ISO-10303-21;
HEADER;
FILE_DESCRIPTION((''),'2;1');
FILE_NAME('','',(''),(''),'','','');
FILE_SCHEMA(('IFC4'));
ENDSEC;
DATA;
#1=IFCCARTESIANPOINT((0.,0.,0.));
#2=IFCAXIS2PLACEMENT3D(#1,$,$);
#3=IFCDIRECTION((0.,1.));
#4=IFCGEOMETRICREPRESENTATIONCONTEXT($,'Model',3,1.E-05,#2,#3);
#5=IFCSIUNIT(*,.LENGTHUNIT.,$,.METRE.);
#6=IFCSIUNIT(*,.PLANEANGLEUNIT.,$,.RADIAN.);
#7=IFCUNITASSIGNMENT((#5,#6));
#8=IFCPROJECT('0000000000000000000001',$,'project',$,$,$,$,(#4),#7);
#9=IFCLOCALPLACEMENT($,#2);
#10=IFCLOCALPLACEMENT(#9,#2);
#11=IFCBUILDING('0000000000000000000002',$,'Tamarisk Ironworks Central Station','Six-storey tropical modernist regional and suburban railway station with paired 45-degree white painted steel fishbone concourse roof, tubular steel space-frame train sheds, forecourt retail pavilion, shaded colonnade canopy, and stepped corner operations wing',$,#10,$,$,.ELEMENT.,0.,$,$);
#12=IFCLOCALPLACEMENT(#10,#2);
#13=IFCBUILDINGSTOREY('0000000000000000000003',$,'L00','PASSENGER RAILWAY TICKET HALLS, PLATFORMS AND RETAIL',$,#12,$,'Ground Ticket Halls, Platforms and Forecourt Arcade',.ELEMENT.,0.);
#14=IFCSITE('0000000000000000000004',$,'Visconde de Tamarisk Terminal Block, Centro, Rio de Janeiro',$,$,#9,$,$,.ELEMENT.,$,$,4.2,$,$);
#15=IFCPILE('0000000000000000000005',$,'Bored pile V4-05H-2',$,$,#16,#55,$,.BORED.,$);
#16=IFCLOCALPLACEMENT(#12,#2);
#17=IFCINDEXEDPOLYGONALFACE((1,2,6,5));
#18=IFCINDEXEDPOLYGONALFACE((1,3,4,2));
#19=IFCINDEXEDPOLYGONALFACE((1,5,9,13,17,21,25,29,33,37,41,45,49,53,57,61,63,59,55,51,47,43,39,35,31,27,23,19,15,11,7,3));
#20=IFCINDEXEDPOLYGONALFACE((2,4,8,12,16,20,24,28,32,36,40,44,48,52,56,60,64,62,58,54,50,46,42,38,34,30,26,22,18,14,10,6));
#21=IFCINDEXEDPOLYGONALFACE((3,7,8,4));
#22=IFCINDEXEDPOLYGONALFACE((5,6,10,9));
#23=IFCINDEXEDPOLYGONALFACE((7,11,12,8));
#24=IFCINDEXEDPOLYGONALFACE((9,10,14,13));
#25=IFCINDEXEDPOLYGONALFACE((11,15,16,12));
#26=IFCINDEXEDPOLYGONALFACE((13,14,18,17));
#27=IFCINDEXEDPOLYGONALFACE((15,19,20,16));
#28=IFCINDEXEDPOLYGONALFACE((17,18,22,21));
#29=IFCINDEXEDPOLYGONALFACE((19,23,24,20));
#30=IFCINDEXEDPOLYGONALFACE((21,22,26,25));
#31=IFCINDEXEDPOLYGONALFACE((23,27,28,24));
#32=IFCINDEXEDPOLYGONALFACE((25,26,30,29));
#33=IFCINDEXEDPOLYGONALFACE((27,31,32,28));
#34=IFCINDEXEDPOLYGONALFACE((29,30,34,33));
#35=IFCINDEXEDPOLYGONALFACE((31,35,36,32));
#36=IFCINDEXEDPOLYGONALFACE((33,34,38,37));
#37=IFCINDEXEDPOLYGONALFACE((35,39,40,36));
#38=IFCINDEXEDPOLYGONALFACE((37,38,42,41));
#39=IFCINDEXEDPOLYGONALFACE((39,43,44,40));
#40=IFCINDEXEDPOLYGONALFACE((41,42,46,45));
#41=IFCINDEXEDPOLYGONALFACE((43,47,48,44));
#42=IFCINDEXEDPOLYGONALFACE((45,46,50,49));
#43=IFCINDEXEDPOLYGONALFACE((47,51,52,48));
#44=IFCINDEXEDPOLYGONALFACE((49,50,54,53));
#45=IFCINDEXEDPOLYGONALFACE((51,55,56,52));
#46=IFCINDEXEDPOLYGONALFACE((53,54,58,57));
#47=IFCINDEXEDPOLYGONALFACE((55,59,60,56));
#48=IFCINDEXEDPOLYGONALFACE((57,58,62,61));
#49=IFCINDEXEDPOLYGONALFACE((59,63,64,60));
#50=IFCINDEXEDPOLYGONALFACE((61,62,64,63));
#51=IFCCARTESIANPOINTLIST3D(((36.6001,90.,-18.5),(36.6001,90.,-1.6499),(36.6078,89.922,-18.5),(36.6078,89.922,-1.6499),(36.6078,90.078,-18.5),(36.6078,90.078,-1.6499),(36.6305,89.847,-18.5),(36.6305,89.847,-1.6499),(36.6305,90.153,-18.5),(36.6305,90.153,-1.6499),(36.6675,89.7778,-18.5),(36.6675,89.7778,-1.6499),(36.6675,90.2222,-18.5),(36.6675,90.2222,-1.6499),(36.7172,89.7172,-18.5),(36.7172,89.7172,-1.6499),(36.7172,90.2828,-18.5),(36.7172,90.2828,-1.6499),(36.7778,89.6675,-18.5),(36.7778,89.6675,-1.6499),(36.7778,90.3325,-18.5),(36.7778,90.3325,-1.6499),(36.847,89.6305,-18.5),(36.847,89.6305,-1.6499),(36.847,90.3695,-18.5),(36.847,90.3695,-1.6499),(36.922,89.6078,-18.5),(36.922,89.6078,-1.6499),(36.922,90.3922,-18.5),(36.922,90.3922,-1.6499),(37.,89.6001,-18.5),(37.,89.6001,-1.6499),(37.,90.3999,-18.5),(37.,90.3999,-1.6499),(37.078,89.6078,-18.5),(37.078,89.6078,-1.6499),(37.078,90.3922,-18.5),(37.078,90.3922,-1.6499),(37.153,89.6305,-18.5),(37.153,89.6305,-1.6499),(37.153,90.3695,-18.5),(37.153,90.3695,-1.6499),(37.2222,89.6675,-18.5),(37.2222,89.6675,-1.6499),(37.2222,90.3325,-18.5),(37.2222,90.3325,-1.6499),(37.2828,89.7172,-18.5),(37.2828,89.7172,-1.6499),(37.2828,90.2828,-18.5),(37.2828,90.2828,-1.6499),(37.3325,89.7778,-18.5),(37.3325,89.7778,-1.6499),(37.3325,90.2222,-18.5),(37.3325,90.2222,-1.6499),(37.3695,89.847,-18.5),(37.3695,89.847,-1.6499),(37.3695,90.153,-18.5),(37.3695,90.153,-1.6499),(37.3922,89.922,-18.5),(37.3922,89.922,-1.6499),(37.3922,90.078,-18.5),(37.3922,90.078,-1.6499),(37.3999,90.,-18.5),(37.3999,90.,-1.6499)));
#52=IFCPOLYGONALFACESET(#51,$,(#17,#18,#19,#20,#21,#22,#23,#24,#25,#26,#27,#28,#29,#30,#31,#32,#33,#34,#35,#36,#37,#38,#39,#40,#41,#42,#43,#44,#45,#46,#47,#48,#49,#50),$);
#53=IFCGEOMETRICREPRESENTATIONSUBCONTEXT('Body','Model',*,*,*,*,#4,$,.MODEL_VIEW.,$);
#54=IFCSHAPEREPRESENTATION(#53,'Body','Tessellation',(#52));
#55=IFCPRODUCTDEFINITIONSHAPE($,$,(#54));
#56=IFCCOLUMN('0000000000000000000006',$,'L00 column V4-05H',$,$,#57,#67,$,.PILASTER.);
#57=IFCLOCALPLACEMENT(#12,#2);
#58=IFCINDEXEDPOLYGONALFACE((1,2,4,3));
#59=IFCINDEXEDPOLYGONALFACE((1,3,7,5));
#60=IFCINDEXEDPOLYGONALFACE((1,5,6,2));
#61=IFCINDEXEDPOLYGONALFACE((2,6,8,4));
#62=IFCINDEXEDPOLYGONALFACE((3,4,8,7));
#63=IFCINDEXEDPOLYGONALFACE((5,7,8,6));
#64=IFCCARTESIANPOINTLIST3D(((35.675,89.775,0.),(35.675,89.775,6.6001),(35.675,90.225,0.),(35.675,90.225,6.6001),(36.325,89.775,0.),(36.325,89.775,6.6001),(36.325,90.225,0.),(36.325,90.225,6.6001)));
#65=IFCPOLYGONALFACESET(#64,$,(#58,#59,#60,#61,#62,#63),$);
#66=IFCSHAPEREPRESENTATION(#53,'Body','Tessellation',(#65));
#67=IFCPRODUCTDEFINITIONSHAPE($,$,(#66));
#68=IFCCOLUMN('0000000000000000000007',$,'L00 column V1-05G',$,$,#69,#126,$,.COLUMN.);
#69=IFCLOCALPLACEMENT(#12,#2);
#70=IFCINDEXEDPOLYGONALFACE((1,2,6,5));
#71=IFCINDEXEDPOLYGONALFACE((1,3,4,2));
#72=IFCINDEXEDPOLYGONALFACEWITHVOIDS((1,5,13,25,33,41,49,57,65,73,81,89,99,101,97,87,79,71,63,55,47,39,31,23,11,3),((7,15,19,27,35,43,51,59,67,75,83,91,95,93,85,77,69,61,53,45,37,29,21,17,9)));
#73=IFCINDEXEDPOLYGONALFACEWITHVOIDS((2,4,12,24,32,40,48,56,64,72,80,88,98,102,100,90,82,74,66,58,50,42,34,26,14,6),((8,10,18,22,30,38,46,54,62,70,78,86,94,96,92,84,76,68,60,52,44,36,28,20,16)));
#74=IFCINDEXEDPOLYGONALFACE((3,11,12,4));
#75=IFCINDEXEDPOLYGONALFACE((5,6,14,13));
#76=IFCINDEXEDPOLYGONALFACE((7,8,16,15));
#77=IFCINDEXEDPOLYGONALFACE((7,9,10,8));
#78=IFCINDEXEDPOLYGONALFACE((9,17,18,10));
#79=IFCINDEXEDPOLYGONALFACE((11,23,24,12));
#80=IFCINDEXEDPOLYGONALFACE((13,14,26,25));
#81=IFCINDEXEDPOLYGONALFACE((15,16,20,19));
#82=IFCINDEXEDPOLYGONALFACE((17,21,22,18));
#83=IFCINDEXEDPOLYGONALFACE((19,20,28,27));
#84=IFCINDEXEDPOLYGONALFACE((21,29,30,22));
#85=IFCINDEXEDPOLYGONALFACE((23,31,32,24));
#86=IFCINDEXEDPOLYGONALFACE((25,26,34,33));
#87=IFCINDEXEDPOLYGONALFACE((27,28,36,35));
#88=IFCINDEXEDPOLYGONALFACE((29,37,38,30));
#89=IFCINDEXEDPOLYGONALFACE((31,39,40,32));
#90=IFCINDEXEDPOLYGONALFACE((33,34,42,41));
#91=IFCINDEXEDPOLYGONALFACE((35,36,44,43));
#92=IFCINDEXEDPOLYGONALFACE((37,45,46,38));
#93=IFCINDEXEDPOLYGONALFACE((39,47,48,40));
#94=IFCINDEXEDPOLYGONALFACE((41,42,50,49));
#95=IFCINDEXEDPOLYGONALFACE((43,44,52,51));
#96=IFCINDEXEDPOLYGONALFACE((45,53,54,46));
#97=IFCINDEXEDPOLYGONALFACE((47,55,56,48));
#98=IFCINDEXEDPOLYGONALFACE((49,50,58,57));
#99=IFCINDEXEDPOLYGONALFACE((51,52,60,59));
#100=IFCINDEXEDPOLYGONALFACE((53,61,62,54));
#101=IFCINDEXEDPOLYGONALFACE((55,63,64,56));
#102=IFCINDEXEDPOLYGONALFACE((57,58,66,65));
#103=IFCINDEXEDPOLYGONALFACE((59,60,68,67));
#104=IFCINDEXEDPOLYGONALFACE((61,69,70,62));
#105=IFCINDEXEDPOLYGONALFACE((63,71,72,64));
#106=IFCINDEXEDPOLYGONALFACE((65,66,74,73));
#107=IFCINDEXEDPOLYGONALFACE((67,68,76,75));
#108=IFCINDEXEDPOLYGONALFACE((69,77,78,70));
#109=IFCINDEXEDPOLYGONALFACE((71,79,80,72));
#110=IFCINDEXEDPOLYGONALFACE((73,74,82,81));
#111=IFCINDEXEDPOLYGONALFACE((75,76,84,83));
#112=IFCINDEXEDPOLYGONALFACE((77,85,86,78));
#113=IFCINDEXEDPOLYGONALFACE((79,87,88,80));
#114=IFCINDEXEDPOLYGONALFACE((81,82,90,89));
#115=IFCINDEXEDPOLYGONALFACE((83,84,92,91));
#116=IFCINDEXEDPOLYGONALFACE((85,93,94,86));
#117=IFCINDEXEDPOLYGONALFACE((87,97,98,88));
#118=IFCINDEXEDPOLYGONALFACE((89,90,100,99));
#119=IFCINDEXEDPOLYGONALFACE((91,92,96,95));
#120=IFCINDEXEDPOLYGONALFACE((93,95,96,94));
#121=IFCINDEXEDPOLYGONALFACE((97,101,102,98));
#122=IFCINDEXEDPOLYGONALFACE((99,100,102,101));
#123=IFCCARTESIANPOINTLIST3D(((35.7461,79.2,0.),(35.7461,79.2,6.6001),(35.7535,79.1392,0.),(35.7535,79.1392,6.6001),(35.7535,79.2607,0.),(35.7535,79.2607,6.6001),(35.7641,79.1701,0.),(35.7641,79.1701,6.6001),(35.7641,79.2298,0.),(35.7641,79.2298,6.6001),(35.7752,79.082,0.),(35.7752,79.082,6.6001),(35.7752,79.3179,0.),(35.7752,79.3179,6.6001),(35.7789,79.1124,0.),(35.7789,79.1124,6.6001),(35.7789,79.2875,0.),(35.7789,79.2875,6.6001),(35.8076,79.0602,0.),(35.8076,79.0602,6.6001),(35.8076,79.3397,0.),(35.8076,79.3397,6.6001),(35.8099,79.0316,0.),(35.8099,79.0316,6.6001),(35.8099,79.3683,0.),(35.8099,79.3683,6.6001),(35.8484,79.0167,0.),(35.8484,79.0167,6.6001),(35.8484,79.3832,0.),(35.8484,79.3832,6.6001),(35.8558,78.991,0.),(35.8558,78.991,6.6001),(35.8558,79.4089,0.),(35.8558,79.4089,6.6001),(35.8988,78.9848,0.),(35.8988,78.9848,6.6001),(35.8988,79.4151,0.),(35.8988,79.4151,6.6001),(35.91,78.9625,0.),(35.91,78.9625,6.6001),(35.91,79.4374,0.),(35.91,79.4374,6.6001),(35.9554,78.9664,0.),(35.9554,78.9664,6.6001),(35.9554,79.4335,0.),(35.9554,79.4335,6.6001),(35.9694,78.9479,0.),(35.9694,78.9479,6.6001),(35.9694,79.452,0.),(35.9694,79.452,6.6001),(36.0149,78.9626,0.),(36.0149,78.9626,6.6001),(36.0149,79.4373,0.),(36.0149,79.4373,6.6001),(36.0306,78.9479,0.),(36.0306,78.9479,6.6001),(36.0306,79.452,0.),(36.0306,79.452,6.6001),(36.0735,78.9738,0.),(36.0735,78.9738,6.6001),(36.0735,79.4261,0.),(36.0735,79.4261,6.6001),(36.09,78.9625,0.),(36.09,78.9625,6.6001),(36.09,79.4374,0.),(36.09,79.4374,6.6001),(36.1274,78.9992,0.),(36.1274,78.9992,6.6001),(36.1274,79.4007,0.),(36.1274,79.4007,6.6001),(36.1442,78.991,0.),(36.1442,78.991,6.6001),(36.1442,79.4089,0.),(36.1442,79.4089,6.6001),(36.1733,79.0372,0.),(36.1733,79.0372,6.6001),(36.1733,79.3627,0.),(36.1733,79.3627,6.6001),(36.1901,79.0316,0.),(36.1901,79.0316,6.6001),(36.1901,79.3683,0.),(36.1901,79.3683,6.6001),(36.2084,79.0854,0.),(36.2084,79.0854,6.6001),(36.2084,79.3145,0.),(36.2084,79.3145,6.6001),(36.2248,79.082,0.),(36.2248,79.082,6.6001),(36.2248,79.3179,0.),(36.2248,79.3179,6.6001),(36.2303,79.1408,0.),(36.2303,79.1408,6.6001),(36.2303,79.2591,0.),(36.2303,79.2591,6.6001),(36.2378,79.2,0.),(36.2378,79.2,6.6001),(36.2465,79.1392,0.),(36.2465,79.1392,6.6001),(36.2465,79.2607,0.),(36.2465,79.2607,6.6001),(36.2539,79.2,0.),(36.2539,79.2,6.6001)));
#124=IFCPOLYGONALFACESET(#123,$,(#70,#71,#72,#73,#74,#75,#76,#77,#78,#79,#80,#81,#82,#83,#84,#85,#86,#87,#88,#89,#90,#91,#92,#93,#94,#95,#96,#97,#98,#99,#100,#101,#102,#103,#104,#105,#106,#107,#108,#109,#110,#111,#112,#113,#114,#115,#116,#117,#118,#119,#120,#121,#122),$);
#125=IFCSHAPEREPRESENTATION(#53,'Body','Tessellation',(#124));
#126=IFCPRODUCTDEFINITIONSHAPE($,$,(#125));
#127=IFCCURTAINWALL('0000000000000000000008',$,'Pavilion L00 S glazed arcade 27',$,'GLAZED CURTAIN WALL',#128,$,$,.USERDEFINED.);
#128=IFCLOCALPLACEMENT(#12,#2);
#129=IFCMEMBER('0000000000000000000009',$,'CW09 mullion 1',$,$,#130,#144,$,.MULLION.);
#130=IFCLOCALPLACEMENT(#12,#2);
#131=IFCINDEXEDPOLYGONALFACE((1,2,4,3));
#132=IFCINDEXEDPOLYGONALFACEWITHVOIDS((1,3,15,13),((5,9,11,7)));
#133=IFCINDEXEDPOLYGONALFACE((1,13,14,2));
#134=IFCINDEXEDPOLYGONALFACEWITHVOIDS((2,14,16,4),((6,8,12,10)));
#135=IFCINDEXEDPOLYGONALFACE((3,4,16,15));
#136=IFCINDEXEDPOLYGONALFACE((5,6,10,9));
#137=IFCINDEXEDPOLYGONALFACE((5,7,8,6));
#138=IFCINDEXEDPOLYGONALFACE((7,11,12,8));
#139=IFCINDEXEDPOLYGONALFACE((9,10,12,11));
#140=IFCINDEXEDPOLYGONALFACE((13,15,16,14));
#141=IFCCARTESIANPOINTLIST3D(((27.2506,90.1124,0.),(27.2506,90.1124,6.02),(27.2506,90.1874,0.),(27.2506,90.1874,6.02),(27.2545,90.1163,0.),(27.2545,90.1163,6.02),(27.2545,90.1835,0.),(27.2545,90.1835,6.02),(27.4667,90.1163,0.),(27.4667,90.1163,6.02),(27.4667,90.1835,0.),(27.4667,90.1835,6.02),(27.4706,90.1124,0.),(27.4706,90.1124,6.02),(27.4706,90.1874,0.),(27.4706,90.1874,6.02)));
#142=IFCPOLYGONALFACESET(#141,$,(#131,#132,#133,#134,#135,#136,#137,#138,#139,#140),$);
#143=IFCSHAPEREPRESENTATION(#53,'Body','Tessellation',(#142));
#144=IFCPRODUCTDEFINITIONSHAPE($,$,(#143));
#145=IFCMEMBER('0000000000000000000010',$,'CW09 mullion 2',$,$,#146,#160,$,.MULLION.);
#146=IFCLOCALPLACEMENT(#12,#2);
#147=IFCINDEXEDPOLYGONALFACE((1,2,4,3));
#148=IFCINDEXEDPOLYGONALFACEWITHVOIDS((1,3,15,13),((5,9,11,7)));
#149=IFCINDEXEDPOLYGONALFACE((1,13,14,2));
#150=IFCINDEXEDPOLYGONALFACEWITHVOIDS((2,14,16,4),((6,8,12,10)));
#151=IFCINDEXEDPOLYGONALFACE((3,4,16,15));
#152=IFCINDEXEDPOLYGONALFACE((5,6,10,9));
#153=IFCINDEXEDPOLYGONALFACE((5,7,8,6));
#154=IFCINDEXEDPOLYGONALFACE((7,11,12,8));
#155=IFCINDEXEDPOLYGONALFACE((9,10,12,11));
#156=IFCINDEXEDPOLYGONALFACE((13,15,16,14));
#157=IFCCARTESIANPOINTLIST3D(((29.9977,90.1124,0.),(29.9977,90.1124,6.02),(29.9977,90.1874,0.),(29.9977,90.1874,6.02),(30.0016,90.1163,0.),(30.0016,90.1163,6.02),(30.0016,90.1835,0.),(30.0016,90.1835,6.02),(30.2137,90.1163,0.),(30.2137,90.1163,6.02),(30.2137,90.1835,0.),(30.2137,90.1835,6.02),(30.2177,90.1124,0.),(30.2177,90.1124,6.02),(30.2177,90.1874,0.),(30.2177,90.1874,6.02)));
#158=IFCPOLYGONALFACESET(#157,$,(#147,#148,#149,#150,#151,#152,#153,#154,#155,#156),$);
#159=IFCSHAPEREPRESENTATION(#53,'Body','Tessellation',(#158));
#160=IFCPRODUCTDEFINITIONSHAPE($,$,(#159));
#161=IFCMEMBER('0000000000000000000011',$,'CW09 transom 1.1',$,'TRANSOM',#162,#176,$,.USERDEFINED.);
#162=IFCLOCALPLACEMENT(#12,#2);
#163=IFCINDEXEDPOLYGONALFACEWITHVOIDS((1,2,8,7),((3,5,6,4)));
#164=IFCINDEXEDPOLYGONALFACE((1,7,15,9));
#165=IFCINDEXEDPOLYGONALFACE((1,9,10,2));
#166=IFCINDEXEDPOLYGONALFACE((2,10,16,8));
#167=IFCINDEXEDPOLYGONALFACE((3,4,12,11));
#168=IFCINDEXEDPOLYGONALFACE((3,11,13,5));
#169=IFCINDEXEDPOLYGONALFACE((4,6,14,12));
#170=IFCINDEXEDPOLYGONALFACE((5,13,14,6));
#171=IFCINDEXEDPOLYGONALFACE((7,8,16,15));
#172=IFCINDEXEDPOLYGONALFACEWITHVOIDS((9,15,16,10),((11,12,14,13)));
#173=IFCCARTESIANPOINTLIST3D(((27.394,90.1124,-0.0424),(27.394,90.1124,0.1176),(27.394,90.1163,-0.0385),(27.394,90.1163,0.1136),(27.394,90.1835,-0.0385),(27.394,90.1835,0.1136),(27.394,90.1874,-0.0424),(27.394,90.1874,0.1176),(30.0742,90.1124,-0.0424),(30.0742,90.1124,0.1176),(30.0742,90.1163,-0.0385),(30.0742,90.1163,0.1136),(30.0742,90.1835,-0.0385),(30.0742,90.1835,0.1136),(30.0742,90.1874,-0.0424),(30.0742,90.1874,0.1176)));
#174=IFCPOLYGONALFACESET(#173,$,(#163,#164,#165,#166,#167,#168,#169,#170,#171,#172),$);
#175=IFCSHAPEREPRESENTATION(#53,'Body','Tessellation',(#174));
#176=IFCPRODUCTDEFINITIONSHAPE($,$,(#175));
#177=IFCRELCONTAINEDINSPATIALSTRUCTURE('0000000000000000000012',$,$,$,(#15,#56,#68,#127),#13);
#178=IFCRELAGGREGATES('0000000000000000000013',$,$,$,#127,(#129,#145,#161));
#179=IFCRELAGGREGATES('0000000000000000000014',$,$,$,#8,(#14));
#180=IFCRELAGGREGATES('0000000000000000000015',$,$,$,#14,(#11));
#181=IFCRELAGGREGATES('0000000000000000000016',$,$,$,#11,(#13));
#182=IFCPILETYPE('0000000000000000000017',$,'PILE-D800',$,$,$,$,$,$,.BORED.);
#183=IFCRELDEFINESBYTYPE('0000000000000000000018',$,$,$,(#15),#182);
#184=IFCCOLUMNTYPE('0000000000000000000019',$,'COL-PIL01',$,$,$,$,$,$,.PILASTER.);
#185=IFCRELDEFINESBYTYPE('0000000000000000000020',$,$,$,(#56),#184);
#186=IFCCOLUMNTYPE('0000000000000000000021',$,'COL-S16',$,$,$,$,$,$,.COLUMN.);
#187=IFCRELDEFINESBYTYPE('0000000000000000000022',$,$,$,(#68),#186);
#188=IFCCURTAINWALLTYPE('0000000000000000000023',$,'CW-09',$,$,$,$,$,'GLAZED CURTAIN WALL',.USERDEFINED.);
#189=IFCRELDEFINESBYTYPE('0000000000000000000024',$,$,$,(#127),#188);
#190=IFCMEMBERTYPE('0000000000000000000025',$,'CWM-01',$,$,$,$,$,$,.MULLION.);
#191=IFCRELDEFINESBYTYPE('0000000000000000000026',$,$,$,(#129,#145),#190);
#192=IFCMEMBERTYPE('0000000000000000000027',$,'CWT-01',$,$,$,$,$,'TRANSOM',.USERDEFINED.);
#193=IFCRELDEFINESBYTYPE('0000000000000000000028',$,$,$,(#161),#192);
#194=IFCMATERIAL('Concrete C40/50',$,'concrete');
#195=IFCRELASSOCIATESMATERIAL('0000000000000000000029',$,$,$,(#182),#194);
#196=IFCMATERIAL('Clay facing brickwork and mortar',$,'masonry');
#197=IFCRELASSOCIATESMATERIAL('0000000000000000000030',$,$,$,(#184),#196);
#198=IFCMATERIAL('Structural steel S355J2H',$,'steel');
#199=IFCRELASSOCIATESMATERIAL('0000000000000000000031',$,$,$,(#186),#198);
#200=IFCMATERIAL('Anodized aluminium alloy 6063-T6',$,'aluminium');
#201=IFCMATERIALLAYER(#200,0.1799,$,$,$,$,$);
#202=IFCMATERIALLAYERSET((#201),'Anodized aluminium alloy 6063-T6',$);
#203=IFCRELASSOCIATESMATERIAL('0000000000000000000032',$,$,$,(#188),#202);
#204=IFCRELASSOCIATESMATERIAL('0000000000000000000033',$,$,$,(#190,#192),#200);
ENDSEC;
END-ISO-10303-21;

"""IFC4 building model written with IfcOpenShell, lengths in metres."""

from ifc_helpers import new_model, si_unit, direction, frame, origin, origin_2d, place, context, subcontext, project, spatial, rectangle, hollow_rectangle, circle, hollow_circle, extrude, material, layer, layer_set, material_profile, profile_set, type_object, element, aggregate, save


model = new_model("IFC4")

# Units and contexts
model_context = context("Model", 3, precision=1e-05, world=origin(), true_north=direction((0.0, 1.0)))
body_context = subcontext(model_context, "Body", "Model", "MODEL_VIEW")
ifc_project = project(units=[si_unit("LENGTHUNIT", "METRE"), si_unit("PLANEANGLEUNIT", "RADIAN")], contexts=[model_context])

# Site, building, storey
site_placement = place(None, origin())
site = spatial("IfcSite", under=ifc_project, at=site_placement, Name="Visconde de Tamarisk Terminal Block, Centro, Rio de Janeiro", CompositionType="ELEMENT", RefElevation=4.2)
building_placement = place(site_placement, origin())
building = spatial("IfcBuilding", under=site, at=building_placement, Name="Tamarisk Ironworks Central Station", Description="Six-storey tropical modernist regional and suburban railway station with paired 45-degree white painted steel fishbone concourse roof, tubular steel space-frame train sheds, forecourt retail pavilion, shaded colonnade canopy, and stepped corner operations wing", CompositionType="ELEMENT", ElevationOfRefHeight=0.0)
storey_placement = place(building_placement, origin())
storey = spatial("IfcBuildingStorey", under=building, at=storey_placement, Name="L00", Description="PASSENGER RAILWAY TICKET HALLS, PLATFORMS AND RETAIL", LongName="Ground Ticket Halls, Platforms and Forecourt Arcade", CompositionType="ELEMENT", Elevation=0.0)

# Shared definitions
ifc_material_1 = material(Name="Concrete C40/50", Category="concrete")

# Pile
ifc_material_profile_1 = material_profile(ifc_material_1, circle(Radius=0.3999, at=origin_2d()), Name="BORED PILE D800")
ifc_profile_set_1 = profile_set([ifc_material_profile_1], Name="Concrete C40/50")
pile_type = type_object("IfcPileType", Name="PILE-D800", PredefinedType="BORED", material=ifc_profile_set_1)
for number, where, z_axis, x_axis, name in (
    (1, (37.0, 90.0, -1.6499), (0.0, 0.0, -1.0), (1.0, 0.0, 0.0), "Bored pile V4-05H-2"),
):
    element("IfcPile", number, at=place(storey_placement, frame(where, z_axis=z_axis, x_axis=x_axis)), inside=storey, type_object=pile_type, Name=name, PredefinedType="BORED", context=body_context, shape_type="SweptSolid", body=[
        extrude(circle(Radius=0.3999, at=origin_2d()), origin(), (0.0, 0.0, 1.0), 16.8501),
    ])

# Columns
ifc_material_2 = material(Name="Clay facing brickwork and mortar", Category="masonry")
ifc_material_profile_2 = material_profile(ifc_material_2, rectangle(XDim=0.6499, YDim=0.45, at=origin_2d()), Name="PIL 650x450")
ifc_profile_set_2 = profile_set([ifc_material_profile_2], Name="Clay facing brickwork and mortar")
column_type_1 = type_object("IfcColumnType", Name="COL-PIL01", PredefinedType="PILASTER", material=ifc_profile_set_2)
column_1_placement = place(storey_placement, frame((36.0, 90.0, 0.0), z_axis=(0.0, 0.0, 1.0), x_axis=(1.0, 0.0, 0.0)))
element("IfcColumn", 2, at=column_1_placement, inside=storey, type_object=column_type_1, Name="L00 column V4-05H", PredefinedType="PILASTER", context=body_context, shape_type="SweptSolid", body=[
    extrude(rectangle(XDim=0.6499, YDim=0.45, at=origin_2d()), origin(), (0.0, 0.0, 1.0), 6.6001),
])
ifc_material_3 = material(Name="Structural steel S355J2H", Category="steel")
ifc_material_profile_3 = material_profile(ifc_material_3, hollow_circle(Radius=0.2539, WallThickness=0.0161, at=origin_2d()), Name="CHS 508x16")
ifc_profile_set_3 = profile_set([ifc_material_profile_3], Name="Structural steel S355J2H")
column_type_2 = type_object("IfcColumnType", Name="COL-S16", PredefinedType="COLUMN", material=ifc_profile_set_3)
column_2_placement = place(storey_placement, frame((36.0, 79.2, 0.0), z_axis=(0.0, 0.0, 1.0), x_axis=(1.0, 0.0, 0.0)))
element("IfcColumn", 3, at=column_2_placement, inside=storey, type_object=column_type_2, Name="L00 column V1-05G", PredefinedType="COLUMN", context=body_context, shape_type="SweptSolid", body=[
    extrude(hollow_circle(Radius=0.2539, WallThickness=0.0161, at=origin_2d()), origin(), (0.0, 0.0, 1.0), 6.6001),
])

# Curtain wall, members
ifc_material_4 = material(Name="Anodized aluminium alloy 6063-T6", Category="aluminium")
ifc_layer_1 = layer(ifc_material_4, 0.1799)
ifc_layer_set_1 = layer_set([ifc_layer_1], Name="Anodized aluminium alloy 6063-T6")
curtain_wall_type = type_object("IfcCurtainWallType", Name="CW-09", ElementType="GLAZED CURTAIN WALL", PredefinedType="USERDEFINED", material=ifc_layer_set_1)
curtain_wall_placement = place(storey_placement, origin())
curtain_wall = element("IfcCurtainWall", 4, at=curtain_wall_placement, inside=storey, type_object=curtain_wall_type, Name="Pavilion L00 S glazed arcade 27", ObjectType="GLAZED CURTAIN WALL", PredefinedType="USERDEFINED")
ifc_material_profile_4 = material_profile(ifc_material_4, hollow_rectangle(XDim=0.075, YDim=0.22, WallThickness=0.0039, at=origin_2d()), Name="ALUM 220x75")
ifc_profile_set_4 = profile_set([ifc_material_profile_4], Name="Anodized aluminium alloy 6063-T6")
member_type_1 = type_object("IfcMemberType", Name="CWM-01", PredefinedType="MULLION", material=ifc_profile_set_4)
member_1_placement = place(storey_placement, frame((27.3606, 90.1499, 0.0), z_axis=(0.0, 0.0, 1.0), x_axis=(0.0, 1.0, 0.0)))
member_1 = element("IfcMember", 5, at=member_1_placement, type_object=member_type_1, Name="CW09 mullion 1", PredefinedType="MULLION", context=body_context, shape_type="SweptSolid", body=[
    extrude(hollow_rectangle(XDim=0.075, YDim=0.22, WallThickness=0.0039, at=origin_2d()), origin(), (0.0, 0.0, 1.0), 6.02),
])
member_2_placement = place(storey_placement, frame((30.1077, 90.1499, 0.0), z_axis=(0.0, 0.0, 1.0), x_axis=(0.0, 1.0, 0.0)))
member_2 = element("IfcMember", 6, at=member_2_placement, type_object=member_type_1, Name="CW09 mullion 2", PredefinedType="MULLION", context=body_context, shape_type="SweptSolid", body=[
    extrude(hollow_rectangle(XDim=0.075, YDim=0.22, WallThickness=0.0039, at=origin_2d()), origin(), (0.0, 0.0, 1.0), 6.02),
])
ifc_material_profile_5 = material_profile(ifc_material_4, hollow_rectangle(XDim=0.075, YDim=0.1599, WallThickness=0.0039, at=origin_2d()), Name="ALUM 160x75")
ifc_profile_set_5 = profile_set([ifc_material_profile_5], Name="Anodized aluminium alloy 6063-T6")
member_type_2 = type_object("IfcMemberType", Name="CWT-01", ElementType="TRANSOM", PredefinedType="USERDEFINED", material=ifc_profile_set_5)
member_3_placement = place(storey_placement, frame((27.394, 90.1499, 0.0376), z_axis=(1.0, 0.0, 0.0), x_axis=(0.0, 1.0, 0.0)))
member_3 = element("IfcMember", 7, at=member_3_placement, type_object=member_type_2, Name="CW09 transom 1.1", ObjectType="TRANSOM", PredefinedType="USERDEFINED", context=body_context, shape_type="SweptSolid", body=[
    extrude(hollow_rectangle(XDim=0.075, YDim=0.1599, WallThickness=0.0039, at=origin_2d()), origin(), (0.0, 0.0, 1.0), 2.6802),
])
aggregate(curtain_wall, [member_1, member_2, member_3])

save(model, "model.ifc")
